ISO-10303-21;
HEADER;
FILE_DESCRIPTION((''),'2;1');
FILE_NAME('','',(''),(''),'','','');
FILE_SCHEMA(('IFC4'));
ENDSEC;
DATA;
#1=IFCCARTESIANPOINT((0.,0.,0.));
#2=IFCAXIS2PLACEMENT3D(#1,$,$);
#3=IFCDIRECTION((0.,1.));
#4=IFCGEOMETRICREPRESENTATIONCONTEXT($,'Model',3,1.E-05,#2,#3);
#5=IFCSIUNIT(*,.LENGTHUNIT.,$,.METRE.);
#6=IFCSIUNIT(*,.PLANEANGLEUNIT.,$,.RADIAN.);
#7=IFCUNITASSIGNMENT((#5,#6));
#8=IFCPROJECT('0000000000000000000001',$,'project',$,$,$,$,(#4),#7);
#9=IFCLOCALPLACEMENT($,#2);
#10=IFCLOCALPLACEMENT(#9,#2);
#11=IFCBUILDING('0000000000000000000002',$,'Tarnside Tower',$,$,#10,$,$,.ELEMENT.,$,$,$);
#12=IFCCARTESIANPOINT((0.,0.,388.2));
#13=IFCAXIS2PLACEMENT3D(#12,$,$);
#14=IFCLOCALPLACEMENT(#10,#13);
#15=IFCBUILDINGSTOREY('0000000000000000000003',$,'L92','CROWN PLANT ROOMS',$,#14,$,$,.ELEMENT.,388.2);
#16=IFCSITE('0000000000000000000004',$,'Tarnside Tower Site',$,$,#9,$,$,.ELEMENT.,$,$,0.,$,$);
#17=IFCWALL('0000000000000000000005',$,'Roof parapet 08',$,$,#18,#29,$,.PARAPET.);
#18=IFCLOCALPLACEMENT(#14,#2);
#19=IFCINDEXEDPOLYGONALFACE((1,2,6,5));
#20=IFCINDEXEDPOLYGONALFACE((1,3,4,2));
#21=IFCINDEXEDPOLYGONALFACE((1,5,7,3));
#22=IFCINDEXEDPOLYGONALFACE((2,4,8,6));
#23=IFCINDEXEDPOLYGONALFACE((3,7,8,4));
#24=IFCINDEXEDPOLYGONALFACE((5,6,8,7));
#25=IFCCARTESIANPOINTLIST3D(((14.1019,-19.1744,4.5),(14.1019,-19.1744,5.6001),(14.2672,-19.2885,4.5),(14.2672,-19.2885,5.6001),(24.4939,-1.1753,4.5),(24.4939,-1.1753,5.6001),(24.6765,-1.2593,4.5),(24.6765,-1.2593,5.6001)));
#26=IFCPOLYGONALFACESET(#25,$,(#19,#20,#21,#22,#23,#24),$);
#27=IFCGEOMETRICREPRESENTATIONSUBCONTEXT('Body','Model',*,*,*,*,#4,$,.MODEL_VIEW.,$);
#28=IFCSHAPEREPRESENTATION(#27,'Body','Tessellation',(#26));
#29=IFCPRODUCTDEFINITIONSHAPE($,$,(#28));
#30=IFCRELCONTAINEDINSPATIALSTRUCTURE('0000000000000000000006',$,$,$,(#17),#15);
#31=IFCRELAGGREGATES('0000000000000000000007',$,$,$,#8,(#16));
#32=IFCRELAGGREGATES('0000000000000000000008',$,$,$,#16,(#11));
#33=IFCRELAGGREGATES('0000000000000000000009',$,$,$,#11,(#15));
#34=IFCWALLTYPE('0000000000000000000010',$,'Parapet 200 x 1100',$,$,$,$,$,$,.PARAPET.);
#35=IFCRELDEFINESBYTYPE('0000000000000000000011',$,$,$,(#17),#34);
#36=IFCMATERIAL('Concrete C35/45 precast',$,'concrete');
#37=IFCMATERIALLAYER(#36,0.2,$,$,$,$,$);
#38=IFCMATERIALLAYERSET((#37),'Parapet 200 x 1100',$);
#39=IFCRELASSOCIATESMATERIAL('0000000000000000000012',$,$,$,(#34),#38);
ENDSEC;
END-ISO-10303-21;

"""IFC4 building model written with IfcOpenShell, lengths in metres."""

from ifc_helpers import new_model, si_unit, direction, frame, origin, place, context, subcontext, project, spatial, polyline, outline, extrude, material, layer, layer_set, type_object, element, save


model = new_model("IFC4")

# Units and contexts
model_context = context("Model", 3, precision=1e-05, world=origin(), true_north=direction((0.0, 1.0)))
body_context = subcontext(model_context, "Body", "Model", "MODEL_VIEW")
ifc_project = project(units=[si_unit("LENGTHUNIT", "METRE"), si_unit("PLANEANGLEUNIT", "RADIAN")], contexts=[model_context])

# Site, building, storey
site_placement = place(None, origin())
site = spatial("IfcSite", under=ifc_project, at=site_placement, Name="Tarnside Tower Site", CompositionType="ELEMENT", RefElevation=0.0)
building_placement = place(site_placement, origin())
building = spatial("IfcBuilding", under=site, at=building_placement, Name="Tarnside Tower", CompositionType="ELEMENT")
storey_placement = place(building_placement, frame((0.0, 0.0, 388.2)))
storey = spatial("IfcBuildingStorey", under=building, at=storey_placement, Name="L92", Description="CROWN PLANT ROOMS", CompositionType="ELEMENT", Elevation=388.2)

# Wall
ifc_material_1 = material(Name="Concrete C35/45 precast", Category="concrete")
ifc_layer_1 = layer(ifc_material_1, 0.2)
ifc_layer_set_1 = layer_set([ifc_layer_1], Name="Parapet 200 x 1100")
wall_type = type_object("IfcWallType", Name="Parapet 200 x 1100", PredefinedType="PARAPET", material=ifc_layer_set_1)
wall_placement = place(storey_placement, frame((24.5852, -1.2173, 4.5), z_axis=(0.0, 0.0, 1.0), x_axis=(-0.500006, -0.866022, 0.0)))
element("IfcWall", 1, at=wall_placement, inside=storey, type_object=wall_type, Name="Roof parapet 08", PredefinedType="PARAPET", context=body_context, shape_type="SweptSolid", body=[
    extrude(outline(polyline([(0.0093, -0.1001), (20.793, -0.1001), (20.8091, 0.1001), (-0.0093, 0.1001), (0.0093, -0.1001)])), origin(), (0.0, 0.0, 1.0), 1.1001),
])

save(model, "model.ifc")
